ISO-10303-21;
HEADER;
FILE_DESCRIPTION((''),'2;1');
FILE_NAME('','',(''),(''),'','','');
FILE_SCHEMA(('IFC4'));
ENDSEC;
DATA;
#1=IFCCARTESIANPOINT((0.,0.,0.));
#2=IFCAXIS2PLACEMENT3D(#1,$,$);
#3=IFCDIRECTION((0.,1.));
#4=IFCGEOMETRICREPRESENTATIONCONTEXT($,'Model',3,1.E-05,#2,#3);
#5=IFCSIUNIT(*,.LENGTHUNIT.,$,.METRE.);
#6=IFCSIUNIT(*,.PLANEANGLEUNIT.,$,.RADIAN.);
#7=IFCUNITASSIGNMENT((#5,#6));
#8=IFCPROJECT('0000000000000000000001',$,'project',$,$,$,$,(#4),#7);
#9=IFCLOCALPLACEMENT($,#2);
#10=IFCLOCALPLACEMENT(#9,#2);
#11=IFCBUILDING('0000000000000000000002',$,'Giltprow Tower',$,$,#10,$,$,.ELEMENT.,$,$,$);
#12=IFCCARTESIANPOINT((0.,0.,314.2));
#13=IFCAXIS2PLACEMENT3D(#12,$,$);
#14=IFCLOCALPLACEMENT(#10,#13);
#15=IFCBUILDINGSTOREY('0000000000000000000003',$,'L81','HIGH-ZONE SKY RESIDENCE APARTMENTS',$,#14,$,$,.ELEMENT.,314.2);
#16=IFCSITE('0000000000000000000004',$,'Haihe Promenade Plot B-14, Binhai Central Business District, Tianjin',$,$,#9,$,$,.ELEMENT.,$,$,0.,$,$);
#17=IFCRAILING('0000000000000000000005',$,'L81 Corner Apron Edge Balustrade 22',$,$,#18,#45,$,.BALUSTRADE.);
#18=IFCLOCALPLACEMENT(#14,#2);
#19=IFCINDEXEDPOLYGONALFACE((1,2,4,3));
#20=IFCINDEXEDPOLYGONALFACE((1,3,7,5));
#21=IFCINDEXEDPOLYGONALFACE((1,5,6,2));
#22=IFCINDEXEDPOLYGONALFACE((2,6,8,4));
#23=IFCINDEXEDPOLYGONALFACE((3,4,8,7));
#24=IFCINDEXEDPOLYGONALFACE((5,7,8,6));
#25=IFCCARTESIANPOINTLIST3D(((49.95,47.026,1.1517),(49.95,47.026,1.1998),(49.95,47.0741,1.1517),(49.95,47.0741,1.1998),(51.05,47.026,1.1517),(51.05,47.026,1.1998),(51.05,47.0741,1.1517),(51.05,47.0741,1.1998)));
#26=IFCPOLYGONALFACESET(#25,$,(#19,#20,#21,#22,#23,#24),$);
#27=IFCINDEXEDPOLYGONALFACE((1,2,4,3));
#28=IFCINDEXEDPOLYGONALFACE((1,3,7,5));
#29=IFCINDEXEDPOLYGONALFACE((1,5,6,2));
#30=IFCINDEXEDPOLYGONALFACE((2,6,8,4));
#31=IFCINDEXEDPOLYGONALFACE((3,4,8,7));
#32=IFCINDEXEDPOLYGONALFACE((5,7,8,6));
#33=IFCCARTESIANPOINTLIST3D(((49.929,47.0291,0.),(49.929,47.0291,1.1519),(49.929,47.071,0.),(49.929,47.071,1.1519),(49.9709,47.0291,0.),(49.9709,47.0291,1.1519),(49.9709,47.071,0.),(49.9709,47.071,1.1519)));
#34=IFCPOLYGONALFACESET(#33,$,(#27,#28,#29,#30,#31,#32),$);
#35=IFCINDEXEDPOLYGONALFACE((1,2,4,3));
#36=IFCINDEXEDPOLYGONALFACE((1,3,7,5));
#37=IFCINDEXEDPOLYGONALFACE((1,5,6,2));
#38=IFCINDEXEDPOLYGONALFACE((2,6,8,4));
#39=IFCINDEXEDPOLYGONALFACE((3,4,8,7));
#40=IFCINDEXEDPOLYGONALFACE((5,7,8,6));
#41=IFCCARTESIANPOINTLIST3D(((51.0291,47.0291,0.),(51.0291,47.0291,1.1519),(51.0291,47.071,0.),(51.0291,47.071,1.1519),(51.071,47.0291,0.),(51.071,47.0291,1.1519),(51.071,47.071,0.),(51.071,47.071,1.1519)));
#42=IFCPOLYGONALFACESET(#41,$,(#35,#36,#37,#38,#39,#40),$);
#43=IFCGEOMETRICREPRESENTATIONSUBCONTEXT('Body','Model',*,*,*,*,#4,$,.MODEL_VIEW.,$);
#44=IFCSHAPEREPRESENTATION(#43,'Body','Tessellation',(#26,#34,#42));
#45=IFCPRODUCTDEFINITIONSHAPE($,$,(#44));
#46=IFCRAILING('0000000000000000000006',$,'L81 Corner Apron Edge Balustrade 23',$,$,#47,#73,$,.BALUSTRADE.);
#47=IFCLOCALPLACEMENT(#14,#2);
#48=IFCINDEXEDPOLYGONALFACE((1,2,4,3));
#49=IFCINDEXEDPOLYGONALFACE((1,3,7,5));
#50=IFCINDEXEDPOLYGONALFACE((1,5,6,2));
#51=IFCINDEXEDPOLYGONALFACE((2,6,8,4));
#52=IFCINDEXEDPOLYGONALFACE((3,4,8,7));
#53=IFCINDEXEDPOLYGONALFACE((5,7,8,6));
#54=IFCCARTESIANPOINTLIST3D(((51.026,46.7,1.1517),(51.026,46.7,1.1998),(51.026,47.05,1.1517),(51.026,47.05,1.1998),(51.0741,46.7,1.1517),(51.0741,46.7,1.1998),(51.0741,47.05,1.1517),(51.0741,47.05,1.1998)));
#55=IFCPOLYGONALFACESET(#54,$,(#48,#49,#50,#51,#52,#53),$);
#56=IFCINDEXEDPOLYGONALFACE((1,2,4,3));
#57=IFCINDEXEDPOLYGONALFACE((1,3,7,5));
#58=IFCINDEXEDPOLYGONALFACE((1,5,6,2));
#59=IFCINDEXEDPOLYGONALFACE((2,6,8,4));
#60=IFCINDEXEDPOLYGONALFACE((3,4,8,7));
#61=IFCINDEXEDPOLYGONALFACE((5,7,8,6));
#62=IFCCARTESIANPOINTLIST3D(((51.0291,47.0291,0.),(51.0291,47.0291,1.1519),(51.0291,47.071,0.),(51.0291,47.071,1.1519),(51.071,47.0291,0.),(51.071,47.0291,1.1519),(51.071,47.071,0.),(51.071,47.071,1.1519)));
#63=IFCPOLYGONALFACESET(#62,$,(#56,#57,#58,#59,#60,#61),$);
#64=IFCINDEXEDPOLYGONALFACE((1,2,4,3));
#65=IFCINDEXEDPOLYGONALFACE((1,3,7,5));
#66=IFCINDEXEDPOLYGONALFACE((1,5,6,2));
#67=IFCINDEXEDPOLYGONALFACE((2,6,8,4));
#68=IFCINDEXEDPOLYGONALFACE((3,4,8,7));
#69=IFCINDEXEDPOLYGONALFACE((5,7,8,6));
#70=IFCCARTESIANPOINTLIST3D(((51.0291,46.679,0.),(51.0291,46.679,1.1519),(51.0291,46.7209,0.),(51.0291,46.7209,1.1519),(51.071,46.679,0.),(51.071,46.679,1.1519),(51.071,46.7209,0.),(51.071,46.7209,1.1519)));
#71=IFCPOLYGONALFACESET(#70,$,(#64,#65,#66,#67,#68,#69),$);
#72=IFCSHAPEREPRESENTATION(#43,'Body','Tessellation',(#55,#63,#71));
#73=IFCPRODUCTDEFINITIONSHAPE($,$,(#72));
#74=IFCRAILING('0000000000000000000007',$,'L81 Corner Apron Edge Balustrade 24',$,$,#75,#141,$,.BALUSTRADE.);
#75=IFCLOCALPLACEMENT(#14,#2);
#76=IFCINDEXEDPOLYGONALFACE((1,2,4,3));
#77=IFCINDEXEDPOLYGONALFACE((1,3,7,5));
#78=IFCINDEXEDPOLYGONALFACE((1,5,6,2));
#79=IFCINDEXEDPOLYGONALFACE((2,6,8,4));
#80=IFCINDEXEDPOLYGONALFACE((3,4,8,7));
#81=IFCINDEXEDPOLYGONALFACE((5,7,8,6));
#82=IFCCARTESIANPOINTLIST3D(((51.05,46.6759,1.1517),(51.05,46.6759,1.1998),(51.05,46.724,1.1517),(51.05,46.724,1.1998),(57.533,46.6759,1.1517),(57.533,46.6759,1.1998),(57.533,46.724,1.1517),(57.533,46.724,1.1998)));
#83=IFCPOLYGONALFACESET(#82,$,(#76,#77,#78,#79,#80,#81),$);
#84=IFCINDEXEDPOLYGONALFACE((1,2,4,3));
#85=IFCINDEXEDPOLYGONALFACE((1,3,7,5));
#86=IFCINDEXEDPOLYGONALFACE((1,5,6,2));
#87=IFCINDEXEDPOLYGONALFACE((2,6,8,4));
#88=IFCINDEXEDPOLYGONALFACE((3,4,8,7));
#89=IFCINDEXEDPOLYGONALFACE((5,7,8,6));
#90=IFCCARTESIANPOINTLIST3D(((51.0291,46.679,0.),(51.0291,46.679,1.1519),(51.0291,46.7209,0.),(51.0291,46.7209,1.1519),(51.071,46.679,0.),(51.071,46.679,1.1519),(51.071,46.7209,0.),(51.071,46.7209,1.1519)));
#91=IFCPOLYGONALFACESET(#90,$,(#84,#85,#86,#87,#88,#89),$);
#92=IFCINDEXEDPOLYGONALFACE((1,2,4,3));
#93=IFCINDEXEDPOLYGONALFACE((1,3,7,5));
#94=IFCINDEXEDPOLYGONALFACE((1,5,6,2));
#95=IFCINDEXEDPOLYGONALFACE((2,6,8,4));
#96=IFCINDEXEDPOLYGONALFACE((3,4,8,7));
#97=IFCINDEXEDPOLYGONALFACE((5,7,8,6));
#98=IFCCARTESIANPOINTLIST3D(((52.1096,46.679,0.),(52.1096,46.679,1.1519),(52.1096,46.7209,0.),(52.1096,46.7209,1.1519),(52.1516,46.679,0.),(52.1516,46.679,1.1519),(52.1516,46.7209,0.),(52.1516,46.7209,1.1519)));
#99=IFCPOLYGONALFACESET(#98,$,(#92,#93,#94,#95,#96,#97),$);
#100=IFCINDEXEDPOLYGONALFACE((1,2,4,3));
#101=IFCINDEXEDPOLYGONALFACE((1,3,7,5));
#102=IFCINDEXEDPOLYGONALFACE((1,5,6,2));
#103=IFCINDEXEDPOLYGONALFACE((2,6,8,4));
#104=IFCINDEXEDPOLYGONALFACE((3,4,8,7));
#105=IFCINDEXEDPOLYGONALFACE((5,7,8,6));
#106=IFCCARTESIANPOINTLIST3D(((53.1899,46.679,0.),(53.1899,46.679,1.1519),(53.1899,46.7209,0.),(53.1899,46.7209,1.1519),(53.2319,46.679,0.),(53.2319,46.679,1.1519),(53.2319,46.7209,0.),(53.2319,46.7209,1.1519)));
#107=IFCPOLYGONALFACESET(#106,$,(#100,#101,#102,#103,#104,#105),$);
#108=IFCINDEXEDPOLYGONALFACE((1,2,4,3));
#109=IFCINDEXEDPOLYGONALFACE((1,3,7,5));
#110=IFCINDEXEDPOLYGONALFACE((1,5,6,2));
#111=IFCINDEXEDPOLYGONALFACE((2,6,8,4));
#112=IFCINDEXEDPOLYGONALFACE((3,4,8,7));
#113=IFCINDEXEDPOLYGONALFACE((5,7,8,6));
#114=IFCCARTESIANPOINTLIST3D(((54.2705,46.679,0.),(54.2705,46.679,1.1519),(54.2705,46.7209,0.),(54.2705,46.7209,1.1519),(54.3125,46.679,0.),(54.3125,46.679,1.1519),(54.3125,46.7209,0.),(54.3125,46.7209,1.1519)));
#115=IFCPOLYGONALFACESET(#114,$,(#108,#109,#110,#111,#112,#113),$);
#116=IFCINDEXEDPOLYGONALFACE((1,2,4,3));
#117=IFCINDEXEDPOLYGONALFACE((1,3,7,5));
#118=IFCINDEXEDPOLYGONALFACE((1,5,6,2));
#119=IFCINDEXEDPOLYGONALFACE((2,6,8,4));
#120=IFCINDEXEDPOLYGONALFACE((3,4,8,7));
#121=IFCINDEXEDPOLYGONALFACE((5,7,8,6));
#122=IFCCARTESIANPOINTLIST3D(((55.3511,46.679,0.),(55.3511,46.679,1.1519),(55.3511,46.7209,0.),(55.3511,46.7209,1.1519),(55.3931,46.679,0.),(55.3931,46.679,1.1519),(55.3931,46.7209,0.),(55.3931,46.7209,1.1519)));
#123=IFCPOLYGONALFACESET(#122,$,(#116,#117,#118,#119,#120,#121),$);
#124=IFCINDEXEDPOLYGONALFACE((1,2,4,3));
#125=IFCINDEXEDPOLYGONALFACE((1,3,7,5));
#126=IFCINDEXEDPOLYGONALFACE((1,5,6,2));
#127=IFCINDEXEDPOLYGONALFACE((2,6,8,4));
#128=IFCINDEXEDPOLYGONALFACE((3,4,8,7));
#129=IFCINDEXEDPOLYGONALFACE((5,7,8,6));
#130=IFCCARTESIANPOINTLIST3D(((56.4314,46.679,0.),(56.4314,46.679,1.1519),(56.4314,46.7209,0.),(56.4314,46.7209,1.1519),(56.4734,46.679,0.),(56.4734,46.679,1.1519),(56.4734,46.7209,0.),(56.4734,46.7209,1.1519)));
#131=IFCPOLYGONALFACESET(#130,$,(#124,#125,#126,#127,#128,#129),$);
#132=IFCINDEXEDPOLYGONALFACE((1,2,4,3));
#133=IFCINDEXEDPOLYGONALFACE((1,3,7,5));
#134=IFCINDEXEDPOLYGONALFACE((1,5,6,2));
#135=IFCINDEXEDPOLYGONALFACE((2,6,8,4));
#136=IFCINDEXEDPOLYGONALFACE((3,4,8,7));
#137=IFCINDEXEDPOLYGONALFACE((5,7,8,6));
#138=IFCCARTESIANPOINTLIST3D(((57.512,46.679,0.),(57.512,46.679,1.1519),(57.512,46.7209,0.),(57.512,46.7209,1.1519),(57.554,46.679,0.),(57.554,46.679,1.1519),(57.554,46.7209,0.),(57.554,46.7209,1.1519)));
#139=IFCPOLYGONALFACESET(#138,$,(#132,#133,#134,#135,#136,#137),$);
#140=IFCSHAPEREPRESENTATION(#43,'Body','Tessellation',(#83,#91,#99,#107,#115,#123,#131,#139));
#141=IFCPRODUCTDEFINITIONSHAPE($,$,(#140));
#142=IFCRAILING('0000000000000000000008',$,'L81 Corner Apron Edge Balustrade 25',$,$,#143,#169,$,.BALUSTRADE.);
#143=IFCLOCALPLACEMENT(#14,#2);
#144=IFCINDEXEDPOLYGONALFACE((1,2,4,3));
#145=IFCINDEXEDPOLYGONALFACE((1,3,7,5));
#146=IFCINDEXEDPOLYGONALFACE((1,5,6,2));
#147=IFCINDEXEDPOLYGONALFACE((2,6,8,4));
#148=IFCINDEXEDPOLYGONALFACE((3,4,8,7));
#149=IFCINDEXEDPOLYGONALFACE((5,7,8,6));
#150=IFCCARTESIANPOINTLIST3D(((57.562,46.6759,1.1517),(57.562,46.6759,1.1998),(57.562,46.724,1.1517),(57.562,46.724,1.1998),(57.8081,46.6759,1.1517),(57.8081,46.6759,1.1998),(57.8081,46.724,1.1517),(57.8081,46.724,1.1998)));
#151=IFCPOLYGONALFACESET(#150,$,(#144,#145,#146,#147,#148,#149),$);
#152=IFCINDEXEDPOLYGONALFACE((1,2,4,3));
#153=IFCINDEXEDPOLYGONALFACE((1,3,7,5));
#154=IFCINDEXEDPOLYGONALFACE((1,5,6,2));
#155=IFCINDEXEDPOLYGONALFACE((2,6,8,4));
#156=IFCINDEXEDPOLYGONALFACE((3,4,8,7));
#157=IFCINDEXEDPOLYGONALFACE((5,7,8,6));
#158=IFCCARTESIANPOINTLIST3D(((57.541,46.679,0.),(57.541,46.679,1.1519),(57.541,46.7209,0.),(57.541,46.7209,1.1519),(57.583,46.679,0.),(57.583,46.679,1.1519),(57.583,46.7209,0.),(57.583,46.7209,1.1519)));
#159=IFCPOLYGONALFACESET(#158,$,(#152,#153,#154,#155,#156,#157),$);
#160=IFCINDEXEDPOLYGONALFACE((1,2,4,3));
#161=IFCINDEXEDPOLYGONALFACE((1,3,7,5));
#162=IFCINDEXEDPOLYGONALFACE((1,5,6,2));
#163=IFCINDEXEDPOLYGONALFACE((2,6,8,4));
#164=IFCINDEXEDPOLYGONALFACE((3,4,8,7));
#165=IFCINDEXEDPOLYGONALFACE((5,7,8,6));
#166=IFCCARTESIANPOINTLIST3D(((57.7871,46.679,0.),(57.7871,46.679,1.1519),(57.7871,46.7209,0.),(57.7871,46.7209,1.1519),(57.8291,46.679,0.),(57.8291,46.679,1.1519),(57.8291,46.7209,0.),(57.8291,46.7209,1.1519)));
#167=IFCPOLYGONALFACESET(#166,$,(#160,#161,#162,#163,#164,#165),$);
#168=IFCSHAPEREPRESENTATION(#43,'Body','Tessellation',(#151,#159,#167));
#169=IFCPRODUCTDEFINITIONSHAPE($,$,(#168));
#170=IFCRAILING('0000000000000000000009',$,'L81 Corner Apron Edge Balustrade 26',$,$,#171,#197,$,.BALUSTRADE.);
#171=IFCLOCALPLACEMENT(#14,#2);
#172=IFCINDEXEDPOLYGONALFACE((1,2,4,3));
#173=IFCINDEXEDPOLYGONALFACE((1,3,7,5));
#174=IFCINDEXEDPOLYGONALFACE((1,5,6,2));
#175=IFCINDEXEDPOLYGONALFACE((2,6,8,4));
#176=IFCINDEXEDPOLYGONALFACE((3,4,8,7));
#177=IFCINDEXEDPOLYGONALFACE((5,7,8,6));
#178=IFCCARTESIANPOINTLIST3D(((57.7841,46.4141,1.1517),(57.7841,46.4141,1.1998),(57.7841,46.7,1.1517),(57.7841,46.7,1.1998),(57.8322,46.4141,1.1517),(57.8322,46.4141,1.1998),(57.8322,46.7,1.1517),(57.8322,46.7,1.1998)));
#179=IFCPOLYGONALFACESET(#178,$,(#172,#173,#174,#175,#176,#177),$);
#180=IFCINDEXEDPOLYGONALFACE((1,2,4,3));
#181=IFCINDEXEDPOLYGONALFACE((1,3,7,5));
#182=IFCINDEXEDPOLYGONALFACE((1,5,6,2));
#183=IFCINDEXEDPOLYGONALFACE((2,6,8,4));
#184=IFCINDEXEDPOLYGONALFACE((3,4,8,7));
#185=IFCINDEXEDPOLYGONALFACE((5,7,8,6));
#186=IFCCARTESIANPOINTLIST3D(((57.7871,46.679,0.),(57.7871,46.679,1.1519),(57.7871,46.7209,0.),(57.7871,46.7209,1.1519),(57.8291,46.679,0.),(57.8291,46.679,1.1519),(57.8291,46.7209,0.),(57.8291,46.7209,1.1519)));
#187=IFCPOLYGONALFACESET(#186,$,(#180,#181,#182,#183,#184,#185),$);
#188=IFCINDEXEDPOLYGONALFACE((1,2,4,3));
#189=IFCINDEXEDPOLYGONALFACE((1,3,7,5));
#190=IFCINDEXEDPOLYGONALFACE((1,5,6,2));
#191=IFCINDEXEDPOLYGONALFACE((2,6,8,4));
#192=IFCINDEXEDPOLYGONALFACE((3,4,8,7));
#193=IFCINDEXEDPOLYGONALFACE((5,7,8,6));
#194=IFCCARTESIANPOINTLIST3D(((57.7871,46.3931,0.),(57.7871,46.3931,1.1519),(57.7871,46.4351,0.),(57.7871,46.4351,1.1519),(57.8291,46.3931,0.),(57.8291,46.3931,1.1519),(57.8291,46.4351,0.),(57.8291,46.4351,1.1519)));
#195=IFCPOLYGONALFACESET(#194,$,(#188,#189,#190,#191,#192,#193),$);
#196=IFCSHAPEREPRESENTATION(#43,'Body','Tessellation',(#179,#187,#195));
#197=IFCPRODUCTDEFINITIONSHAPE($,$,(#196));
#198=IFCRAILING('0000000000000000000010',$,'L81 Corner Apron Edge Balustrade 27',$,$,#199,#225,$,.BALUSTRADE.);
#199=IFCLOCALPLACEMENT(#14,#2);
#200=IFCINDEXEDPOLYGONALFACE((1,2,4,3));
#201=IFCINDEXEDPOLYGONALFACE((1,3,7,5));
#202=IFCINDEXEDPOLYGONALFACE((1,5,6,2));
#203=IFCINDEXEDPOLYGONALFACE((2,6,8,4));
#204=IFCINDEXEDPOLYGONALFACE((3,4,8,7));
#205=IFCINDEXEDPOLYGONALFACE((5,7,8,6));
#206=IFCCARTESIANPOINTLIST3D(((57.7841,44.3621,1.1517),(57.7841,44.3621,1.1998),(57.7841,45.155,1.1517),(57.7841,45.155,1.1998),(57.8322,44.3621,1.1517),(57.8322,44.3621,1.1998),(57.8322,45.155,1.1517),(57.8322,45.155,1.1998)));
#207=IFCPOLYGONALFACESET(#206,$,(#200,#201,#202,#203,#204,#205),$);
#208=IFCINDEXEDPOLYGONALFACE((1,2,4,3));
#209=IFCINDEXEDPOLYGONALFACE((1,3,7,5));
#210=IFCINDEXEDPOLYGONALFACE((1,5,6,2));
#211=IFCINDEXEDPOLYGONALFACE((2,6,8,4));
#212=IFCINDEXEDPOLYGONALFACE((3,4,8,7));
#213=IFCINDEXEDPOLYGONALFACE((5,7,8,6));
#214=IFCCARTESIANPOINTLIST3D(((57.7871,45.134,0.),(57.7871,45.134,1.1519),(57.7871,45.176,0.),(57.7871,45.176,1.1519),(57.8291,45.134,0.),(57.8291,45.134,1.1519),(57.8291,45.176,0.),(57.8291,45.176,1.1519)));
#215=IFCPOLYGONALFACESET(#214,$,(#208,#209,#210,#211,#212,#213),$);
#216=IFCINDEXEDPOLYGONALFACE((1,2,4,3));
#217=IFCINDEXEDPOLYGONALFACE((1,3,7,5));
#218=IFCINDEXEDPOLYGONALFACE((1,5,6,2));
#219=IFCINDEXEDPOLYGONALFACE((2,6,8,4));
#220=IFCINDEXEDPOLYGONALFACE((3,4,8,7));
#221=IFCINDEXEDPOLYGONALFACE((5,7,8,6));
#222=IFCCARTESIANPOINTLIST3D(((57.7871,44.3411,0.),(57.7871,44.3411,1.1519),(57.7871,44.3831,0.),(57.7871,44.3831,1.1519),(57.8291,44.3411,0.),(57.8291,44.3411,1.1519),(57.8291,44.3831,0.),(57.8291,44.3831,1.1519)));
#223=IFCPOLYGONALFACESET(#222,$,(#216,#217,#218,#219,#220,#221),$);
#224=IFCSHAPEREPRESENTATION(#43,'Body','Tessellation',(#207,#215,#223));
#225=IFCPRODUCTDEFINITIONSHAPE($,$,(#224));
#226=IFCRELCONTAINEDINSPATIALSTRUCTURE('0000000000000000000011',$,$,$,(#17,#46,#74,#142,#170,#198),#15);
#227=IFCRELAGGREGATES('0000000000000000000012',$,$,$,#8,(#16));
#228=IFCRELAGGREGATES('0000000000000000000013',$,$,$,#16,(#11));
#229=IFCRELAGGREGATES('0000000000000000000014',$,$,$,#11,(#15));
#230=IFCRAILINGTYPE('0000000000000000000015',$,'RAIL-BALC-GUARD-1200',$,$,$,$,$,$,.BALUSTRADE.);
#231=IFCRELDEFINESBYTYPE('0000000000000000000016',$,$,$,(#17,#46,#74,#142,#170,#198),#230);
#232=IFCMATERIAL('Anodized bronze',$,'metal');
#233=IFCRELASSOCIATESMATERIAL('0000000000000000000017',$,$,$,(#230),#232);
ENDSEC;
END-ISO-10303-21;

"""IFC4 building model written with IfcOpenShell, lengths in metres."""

from ifc_helpers import new_model, si_unit, direction, frame, origin, origin_2d, place, context, subcontext, project, spatial, rectangle, extrude, material, type_object, element, save


model = new_model("IFC4")

# Units and contexts
model_context = context("Model", 3, precision=1e-05, world=origin(), true_north=direction((0.0, 1.0)))
body_context = subcontext(model_context, "Body", "Model", "MODEL_VIEW")
ifc_project = project(units=[si_unit("LENGTHUNIT", "METRE"), si_unit("PLANEANGLEUNIT", "RADIAN")], contexts=[model_context])

# Site, building, storey
site_placement = place(None, origin())
site = spatial("IfcSite", under=ifc_project, at=site_placement, Name="Haihe Promenade Plot B-14, Binhai Central Business District, Tianjin", CompositionType="ELEMENT", RefElevation=0.0)
building_placement = place(site_placement, origin())
building = spatial("IfcBuilding", under=site, at=building_placement, Name="Giltprow Tower", CompositionType="ELEMENT")
storey_placement = place(building_placement, frame((0.0, 0.0, 314.2)))
storey = spatial("IfcBuildingStorey", under=building, at=storey_placement, Name="L81", Description="HIGH-ZONE SKY RESIDENCE APARTMENTS", CompositionType="ELEMENT", Elevation=314.2)

# Railings
ifc_material_1 = material(Name="Anodized bronze", Category="metal")
railing_type = type_object("IfcRailingType", Name="RAIL-BALC-GUARD-1200", PredefinedType="BALUSTRADE", material=ifc_material_1)
railing_1_placement = place(storey_placement, frame((49.95, 47.05, 0.0)))
element("IfcRailing", 1, at=railing_1_placement, inside=storey, type_object=railing_type, Name="L81 Corner Apron Edge Balustrade 22", PredefinedType="BALUSTRADE", context=body_context, shape_type="SweptSolid", body=[
    extrude(rectangle(XDim=0.0481, YDim=0.0481, at=origin_2d()), frame((0.0, 0.0, 1.1758), z_axis=(1.0, 0.0, 0.0), x_axis=(0.0, 1.0, 0.0)), (0.0, 0.0, 1.0), 1.1001),
    extrude(rectangle(XDim=0.042, YDim=0.042, at=origin_2d()), origin(), (0.0, 0.0, 1.0), 1.1519),
    extrude(rectangle(XDim=0.042, YDim=0.042, at=origin_2d()), frame((1.1001, 0.0, 0.0)), (0.0, 0.0, 1.0), 1.1519),
])
railing_2_placement = place(storey_placement, frame((51.05, 47.05, 0.0)))
element("IfcRailing", 2, at=railing_2_placement, inside=storey, type_object=railing_type, Name="L81 Corner Apron Edge Balustrade 23", PredefinedType="BALUSTRADE", context=body_context, shape_type="SweptSolid", body=[
    extrude(rectangle(XDim=0.0481, YDim=0.0481, at=origin_2d()), frame((0.0, 0.0, 1.1758), z_axis=(0.0, -1.0, 0.0), x_axis=(1.0, 0.0, 0.0)), (0.0, 0.0, 1.0), 0.3501),
    extrude(rectangle(XDim=0.042, YDim=0.042, at=origin_2d()), origin(), (0.0, 0.0, 1.0), 1.1519),
    extrude(rectangle(XDim=0.042, YDim=0.042, at=origin_2d()), frame((0.0, -0.3501, 0.0)), (0.0, 0.0, 1.0), 1.1519),
])
railing_3_placement = place(storey_placement, frame((51.05, 46.7, 0.0)))
element("IfcRailing", 3, at=railing_3_placement, inside=storey, type_object=railing_type, Name="L81 Corner Apron Edge Balustrade 24", PredefinedType="BALUSTRADE", context=body_context, shape_type="SweptSolid", body=[
    extrude(rectangle(XDim=0.0481, YDim=0.0481, at=origin_2d()), frame((0.0, 0.0, 1.1758), z_axis=(1.0, 0.0, 0.0), x_axis=(0.0, 1.0, 0.0)), (0.0, 0.0, 1.0), 6.4829),
    extrude(rectangle(XDim=0.042, YDim=0.042, at=origin_2d()), origin(), (0.0, 0.0, 1.0), 1.1519),
    extrude(rectangle(XDim=0.042, YDim=0.042, at=origin_2d()), frame((1.0806, 0.0, 0.0)), (0.0, 0.0, 1.0), 1.1519),
    extrude(rectangle(XDim=0.042, YDim=0.042, at=origin_2d()), frame((2.1609, 0.0, 0.0)), (0.0, 0.0, 1.0), 1.1519),
    extrude(rectangle(XDim=0.042, YDim=0.042, at=origin_2d()), frame((3.2415, 0.0, 0.0)), (0.0, 0.0, 1.0), 1.1519),
    extrude(rectangle(XDim=0.042, YDim=0.042, at=origin_2d()), frame((4.322, 0.0, 0.0)), (0.0, 0.0, 1.0), 1.1519),
    extrude(rectangle(XDim=0.042, YDim=0.042, at=origin_2d()), frame((5.4023, 0.0, 0.0)), (0.0, 0.0, 1.0), 1.1519),
    extrude(rectangle(XDim=0.042, YDim=0.042, at=origin_2d()), frame((6.4829, 0.0, 0.0)), (0.0, 0.0, 1.0), 1.1519),
])
railing_4_placement = place(storey_placement, frame((57.562, 46.7, 0.0)))
element("IfcRailing", 4, at=railing_4_placement, inside=storey, type_object=railing_type, Name="L81 Corner Apron Edge Balustrade 25", PredefinedType="BALUSTRADE", context=body_context, shape_type="SweptSolid", body=[
    extrude(rectangle(XDim=0.0481, YDim=0.0481, at=origin_2d()), frame((0.0, 0.0, 1.1758), z_axis=(1.0, 0.0, 0.0), x_axis=(0.0, 1.0, 0.0)), (0.0, 0.0, 1.0), 0.2461),
    extrude(rectangle(XDim=0.042, YDim=0.042, at=origin_2d()), origin(), (0.0, 0.0, 1.0), 1.1519),
    extrude(rectangle(XDim=0.042, YDim=0.042, at=origin_2d()), frame((0.2461, 0.0, 0.0)), (0.0, 0.0, 1.0), 1.1519),
])
railing_5_placement = place(storey_placement, frame((57.8081, 46.7, 0.0)))
element("IfcRailing", 5, at=railing_5_placement, inside=storey, type_object=railing_type, Name="L81 Corner Apron Edge Balustrade 26", PredefinedType="BALUSTRADE", context=body_context, shape_type="SweptSolid", body=[
    extrude(rectangle(XDim=0.0481, YDim=0.0481, at=origin_2d()), frame((0.0, 0.0, 1.1758), z_axis=(0.0, -1.0, 0.0), x_axis=(1.0, 0.0, 0.0)), (0.0, 0.0, 1.0), 0.2859),
    extrude(rectangle(XDim=0.042, YDim=0.042, at=origin_2d()), origin(), (0.0, 0.0, 1.0), 1.1519),
    extrude(rectangle(XDim=0.042, YDim=0.042, at=origin_2d()), frame((0.0, -0.2859, 0.0)), (0.0, 0.0, 1.0), 1.1519),
])
railing_6_placement = place(storey_placement, frame((57.8081, 45.155, 0.0)))
element("IfcRailing", 6, at=railing_6_placement, inside=storey, type_object=railing_type, Name="L81 Corner Apron Edge Balustrade 27", PredefinedType="BALUSTRADE", context=body_context, shape_type="SweptSolid", body=[
    extrude(rectangle(XDim=0.0481, YDim=0.0481, at=origin_2d()), frame((0.0, 0.0, 1.1758), z_axis=(0.0, -1.0, 0.0), x_axis=(1.0, 0.0, 0.0)), (0.0, 0.0, 1.0), 0.793),
    extrude(rectangle(XDim=0.042, YDim=0.042, at=origin_2d()), origin(), (0.0, 0.0, 1.0), 1.1519),
    extrude(rectangle(XDim=0.042, YDim=0.042, at=origin_2d()), frame((0.0, -0.793, 0.0)), (0.0, 0.0, 1.0), 1.1519),
])

save(model, "model.ifc")
